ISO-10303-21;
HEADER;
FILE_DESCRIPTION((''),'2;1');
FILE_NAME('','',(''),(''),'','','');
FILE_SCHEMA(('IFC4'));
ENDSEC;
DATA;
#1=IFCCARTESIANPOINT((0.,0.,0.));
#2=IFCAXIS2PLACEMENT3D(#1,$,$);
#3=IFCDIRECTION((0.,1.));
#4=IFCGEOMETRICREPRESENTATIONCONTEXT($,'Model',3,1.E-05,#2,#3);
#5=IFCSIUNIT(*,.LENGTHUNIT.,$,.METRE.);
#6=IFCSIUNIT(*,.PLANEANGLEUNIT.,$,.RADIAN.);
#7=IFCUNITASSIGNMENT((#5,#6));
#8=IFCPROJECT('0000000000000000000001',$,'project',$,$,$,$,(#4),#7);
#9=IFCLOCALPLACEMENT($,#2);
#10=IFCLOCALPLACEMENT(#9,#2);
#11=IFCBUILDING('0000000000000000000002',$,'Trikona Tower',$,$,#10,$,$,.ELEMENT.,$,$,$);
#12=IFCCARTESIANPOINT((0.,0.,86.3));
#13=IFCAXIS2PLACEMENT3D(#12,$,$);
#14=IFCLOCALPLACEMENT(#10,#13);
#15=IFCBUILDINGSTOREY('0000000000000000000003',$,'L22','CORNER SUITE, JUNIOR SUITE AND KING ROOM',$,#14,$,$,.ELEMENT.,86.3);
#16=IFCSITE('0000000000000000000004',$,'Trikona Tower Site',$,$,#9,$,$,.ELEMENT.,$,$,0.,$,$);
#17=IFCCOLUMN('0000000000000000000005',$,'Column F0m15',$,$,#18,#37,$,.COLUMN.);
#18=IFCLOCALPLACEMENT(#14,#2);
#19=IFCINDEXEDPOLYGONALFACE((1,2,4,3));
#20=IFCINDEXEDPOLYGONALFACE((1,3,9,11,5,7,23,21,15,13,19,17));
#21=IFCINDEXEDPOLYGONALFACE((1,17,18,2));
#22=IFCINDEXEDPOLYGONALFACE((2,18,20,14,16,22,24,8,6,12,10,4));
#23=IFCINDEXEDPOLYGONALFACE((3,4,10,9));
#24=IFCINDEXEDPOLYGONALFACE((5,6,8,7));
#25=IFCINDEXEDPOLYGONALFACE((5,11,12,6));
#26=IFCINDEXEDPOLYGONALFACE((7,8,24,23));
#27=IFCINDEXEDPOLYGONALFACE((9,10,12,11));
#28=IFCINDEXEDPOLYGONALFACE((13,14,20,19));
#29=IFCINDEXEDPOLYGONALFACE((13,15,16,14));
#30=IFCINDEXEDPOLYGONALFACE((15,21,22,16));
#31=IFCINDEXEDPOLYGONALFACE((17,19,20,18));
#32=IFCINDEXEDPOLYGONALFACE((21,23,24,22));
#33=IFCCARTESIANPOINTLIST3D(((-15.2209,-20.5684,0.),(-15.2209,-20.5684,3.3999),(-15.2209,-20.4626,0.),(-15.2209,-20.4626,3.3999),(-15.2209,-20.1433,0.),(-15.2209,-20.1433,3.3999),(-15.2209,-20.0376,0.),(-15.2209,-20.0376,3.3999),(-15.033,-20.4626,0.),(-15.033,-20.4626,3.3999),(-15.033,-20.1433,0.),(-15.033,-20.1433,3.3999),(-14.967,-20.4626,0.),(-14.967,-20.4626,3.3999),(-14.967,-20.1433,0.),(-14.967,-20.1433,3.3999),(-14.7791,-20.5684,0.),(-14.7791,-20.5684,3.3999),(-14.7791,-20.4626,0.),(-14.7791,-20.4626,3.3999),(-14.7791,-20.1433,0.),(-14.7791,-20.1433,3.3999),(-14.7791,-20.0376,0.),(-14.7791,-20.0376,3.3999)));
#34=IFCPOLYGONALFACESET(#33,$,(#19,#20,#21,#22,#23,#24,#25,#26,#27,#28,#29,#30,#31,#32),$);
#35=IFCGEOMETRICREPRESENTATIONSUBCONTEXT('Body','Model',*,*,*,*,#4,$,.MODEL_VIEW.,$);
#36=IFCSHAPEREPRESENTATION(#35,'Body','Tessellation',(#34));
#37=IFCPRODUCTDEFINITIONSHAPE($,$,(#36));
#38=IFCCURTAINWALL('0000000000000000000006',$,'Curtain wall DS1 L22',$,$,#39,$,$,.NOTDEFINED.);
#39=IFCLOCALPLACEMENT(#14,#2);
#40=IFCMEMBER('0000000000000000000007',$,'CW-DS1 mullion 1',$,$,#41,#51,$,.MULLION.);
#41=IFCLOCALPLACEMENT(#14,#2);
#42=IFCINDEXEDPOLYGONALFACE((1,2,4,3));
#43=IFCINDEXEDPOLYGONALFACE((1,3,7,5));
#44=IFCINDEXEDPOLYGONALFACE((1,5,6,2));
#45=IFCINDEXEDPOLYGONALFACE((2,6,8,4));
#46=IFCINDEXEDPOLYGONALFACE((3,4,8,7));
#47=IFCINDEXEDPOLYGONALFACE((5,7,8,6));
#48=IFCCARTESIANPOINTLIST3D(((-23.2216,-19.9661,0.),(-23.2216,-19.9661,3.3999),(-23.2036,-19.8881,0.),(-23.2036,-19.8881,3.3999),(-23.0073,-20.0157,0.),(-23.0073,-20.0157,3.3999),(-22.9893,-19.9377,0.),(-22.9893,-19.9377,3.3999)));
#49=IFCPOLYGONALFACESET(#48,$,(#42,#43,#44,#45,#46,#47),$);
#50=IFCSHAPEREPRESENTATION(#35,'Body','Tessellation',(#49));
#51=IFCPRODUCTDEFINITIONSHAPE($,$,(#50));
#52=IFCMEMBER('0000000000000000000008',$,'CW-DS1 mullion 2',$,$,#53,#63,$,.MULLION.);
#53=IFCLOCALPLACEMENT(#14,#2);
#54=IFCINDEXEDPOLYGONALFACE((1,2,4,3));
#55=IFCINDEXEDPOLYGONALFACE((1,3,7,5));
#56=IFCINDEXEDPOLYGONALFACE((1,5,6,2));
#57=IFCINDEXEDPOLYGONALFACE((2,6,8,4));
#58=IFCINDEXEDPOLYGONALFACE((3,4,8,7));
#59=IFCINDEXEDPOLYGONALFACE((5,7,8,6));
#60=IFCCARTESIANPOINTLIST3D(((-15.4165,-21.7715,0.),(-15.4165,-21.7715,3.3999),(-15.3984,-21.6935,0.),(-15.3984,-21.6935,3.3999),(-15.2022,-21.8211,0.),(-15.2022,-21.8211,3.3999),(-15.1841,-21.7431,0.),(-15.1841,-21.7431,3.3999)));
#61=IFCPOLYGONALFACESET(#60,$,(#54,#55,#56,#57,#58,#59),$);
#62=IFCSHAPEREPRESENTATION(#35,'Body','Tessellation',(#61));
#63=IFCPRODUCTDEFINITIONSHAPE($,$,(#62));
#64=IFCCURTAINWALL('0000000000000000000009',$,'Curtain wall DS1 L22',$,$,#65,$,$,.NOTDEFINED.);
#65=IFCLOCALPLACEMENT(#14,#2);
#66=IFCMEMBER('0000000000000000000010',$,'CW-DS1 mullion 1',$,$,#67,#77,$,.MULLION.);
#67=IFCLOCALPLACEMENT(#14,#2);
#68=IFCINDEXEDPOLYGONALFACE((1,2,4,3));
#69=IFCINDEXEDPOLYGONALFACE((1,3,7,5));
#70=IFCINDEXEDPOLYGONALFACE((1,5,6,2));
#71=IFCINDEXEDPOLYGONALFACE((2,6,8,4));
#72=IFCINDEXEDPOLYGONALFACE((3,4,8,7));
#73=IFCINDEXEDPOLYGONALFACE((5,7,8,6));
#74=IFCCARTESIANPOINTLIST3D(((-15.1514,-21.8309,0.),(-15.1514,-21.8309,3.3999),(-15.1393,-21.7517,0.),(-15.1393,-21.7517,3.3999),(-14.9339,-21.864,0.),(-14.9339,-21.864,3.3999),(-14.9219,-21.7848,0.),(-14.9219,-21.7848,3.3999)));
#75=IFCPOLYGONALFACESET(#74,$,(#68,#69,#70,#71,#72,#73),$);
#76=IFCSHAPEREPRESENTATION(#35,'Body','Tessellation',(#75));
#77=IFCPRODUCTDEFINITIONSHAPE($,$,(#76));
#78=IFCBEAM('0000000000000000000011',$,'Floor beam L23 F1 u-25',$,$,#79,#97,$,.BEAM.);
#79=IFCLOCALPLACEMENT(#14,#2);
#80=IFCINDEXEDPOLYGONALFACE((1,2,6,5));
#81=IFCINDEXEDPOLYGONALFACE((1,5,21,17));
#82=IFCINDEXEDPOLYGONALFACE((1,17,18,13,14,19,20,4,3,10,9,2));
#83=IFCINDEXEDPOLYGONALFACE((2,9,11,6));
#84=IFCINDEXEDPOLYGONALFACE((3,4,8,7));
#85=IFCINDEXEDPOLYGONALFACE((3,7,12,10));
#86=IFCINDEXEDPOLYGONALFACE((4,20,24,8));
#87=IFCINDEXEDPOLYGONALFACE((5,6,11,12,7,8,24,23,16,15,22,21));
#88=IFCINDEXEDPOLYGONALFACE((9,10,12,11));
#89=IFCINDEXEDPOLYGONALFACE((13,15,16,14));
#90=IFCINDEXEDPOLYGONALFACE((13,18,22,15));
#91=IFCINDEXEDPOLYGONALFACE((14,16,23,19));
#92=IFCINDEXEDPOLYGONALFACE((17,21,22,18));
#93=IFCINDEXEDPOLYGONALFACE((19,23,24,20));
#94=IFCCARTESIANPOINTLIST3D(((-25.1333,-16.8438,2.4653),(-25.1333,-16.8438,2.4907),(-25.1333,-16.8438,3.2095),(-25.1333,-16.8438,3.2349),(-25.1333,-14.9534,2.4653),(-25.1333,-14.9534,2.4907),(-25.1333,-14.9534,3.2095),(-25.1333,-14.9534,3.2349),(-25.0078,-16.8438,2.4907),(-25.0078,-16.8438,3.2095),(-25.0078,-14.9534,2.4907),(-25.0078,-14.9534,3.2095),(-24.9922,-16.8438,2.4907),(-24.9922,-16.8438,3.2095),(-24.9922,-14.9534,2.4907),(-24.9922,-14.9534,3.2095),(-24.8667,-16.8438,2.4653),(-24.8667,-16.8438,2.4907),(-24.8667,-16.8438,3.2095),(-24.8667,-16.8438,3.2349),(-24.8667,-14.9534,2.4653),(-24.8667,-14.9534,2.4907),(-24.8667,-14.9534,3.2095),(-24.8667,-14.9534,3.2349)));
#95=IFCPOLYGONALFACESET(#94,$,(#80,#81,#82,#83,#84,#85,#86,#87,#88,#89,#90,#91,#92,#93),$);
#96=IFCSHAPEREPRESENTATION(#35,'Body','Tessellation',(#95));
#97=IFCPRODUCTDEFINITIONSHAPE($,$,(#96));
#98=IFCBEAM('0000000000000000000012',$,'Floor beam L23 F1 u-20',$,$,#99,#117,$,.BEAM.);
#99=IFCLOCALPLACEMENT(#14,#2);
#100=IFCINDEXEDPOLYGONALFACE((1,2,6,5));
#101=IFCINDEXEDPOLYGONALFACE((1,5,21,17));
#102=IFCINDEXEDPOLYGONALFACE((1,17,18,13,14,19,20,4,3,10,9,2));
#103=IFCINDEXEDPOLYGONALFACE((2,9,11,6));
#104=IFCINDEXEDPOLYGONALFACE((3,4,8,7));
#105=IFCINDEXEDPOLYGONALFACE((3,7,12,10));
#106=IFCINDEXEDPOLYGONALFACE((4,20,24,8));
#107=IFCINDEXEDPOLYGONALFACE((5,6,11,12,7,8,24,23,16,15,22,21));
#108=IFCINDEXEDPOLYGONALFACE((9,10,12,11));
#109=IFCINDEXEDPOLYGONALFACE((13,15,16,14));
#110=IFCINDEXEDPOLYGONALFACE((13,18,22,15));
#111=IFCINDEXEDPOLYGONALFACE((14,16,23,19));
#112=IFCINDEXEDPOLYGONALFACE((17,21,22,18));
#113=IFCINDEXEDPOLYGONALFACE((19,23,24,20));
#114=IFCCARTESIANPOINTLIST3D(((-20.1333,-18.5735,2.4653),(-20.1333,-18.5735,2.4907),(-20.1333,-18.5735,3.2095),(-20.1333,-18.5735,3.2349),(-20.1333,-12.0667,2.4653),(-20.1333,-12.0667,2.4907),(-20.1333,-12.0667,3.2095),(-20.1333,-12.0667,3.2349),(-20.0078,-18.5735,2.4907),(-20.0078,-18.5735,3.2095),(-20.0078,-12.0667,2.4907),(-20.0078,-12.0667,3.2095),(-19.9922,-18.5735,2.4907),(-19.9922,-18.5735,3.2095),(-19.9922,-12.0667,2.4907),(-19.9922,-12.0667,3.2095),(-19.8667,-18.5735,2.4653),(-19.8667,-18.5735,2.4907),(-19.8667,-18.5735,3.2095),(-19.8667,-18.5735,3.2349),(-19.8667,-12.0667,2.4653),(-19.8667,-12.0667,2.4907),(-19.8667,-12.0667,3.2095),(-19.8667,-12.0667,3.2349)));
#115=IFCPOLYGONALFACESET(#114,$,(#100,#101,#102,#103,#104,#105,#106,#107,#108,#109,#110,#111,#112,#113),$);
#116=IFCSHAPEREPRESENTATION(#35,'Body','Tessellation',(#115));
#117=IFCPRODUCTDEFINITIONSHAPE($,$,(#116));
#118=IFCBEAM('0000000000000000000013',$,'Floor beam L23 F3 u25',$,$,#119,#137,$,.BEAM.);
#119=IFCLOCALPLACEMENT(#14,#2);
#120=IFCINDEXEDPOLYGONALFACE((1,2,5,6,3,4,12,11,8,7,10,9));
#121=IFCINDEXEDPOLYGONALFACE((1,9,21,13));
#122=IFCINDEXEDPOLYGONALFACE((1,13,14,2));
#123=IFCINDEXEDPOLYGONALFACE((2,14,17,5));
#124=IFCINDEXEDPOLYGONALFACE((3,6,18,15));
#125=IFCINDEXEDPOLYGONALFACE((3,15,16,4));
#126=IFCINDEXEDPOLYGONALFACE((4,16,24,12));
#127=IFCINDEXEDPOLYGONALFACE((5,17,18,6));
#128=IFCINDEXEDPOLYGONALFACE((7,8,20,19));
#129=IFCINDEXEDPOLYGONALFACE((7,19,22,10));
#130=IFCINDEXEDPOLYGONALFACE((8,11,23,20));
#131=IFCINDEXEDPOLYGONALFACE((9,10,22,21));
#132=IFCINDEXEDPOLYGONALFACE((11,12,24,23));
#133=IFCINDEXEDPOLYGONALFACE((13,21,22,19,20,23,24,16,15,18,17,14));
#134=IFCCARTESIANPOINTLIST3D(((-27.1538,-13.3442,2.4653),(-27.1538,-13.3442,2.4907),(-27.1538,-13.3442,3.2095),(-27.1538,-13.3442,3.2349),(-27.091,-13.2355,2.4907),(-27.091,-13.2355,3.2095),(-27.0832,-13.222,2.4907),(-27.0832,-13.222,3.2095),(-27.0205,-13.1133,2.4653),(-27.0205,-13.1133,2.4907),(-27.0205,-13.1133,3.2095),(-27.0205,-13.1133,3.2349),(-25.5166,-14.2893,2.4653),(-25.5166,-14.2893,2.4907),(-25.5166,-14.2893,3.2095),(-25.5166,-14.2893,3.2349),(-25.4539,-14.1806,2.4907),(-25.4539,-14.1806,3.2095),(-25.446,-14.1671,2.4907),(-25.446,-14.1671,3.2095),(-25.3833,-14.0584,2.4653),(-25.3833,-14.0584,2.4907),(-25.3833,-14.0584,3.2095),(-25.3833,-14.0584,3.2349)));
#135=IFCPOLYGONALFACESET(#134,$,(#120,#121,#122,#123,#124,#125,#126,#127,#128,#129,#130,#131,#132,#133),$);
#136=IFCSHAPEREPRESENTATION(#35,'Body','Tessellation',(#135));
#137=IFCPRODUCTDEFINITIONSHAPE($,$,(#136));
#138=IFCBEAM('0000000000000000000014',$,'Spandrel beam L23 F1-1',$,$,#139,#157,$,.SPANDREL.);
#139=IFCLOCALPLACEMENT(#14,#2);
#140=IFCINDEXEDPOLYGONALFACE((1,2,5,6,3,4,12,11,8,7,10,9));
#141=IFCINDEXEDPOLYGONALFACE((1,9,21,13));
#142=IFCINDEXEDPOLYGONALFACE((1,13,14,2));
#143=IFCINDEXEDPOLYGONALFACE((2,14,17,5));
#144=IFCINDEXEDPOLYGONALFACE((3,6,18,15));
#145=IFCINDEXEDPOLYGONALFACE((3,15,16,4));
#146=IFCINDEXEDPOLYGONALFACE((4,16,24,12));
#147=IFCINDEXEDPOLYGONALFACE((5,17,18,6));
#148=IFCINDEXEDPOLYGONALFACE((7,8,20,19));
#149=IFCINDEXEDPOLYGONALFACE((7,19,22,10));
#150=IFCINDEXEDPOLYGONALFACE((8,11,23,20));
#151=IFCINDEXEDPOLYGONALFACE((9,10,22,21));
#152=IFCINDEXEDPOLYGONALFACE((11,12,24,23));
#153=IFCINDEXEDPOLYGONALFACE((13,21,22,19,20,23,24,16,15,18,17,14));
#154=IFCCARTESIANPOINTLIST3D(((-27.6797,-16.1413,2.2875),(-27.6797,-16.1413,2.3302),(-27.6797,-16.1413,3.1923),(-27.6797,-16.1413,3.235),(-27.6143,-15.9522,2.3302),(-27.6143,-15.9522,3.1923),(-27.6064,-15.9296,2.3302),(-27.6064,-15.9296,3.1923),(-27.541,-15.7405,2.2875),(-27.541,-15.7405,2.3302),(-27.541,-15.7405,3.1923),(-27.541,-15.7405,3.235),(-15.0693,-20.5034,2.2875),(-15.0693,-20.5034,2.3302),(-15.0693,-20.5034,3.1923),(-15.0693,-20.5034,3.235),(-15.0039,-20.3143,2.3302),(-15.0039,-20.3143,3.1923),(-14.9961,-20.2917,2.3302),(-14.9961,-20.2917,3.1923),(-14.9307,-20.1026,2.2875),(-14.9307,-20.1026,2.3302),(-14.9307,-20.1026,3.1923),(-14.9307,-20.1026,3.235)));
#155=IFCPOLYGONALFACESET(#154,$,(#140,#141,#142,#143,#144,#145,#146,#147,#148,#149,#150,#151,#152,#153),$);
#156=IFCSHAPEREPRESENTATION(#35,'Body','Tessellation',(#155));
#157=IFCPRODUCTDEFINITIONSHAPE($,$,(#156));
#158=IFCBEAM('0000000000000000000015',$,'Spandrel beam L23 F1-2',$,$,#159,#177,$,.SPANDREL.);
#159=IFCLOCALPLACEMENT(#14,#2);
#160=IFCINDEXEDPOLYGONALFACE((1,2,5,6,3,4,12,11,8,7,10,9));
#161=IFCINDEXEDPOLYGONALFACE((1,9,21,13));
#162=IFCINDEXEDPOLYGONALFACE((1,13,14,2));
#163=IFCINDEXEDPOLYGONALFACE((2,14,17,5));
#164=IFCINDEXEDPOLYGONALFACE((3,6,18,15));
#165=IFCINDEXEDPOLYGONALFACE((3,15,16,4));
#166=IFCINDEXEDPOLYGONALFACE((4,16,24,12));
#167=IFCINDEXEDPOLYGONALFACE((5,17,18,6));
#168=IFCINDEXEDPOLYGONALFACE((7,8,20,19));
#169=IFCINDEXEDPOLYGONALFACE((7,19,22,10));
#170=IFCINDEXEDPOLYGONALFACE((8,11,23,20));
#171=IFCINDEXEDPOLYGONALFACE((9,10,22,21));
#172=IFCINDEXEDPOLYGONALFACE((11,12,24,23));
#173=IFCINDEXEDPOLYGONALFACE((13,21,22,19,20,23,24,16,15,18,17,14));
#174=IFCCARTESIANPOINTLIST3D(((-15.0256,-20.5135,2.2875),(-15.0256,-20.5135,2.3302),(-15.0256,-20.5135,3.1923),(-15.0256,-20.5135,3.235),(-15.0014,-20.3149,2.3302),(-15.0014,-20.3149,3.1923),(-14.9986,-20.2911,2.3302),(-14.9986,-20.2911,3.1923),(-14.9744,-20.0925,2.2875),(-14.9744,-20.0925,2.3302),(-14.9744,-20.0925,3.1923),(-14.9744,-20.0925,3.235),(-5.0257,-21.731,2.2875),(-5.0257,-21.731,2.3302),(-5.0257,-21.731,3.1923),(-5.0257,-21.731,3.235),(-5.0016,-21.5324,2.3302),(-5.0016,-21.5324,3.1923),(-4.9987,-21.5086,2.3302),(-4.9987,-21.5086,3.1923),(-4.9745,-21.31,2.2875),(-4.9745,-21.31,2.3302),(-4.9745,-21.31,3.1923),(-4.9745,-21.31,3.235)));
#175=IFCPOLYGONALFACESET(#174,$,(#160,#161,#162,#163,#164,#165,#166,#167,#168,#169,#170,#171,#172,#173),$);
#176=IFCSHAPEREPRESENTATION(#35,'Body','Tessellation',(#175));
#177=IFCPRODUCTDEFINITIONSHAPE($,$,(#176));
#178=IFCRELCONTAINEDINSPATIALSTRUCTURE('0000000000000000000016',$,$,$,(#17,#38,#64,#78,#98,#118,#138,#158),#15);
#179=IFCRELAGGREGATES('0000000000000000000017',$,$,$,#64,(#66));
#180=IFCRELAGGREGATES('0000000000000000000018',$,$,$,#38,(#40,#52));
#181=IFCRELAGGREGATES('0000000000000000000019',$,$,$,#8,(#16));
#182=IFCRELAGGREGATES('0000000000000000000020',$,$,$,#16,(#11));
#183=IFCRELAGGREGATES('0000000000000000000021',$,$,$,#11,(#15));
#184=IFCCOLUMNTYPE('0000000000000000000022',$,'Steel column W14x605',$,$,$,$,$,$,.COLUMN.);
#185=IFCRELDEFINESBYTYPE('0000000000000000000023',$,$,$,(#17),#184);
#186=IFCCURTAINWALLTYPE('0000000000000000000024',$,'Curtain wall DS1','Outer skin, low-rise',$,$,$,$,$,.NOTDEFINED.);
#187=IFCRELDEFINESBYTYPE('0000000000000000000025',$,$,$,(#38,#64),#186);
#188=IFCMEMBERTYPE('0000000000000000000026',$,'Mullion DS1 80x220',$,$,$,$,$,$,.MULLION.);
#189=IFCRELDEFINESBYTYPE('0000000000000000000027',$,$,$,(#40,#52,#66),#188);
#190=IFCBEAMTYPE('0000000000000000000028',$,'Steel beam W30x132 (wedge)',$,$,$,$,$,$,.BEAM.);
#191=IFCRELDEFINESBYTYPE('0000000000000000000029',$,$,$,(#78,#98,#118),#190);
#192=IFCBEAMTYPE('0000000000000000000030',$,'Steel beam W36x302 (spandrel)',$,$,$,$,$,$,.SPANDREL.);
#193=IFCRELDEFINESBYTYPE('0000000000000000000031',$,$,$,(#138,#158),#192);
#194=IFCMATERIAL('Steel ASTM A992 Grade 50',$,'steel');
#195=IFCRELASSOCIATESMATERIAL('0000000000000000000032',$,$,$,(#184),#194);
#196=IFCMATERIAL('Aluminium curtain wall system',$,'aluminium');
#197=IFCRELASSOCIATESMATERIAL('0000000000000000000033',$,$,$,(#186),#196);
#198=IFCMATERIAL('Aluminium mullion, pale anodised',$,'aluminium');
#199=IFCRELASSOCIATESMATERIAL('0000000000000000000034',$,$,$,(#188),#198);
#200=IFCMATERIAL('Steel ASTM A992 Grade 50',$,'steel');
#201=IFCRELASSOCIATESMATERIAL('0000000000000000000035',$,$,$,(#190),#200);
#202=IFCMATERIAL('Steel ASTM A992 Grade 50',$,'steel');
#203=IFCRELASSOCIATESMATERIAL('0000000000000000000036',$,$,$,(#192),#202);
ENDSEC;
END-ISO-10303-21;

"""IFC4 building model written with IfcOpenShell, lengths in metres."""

from ifc_helpers import new_model, si_unit, direction, frame, origin, origin_2d, place, context, subcontext, project, spatial, rectangle, i_section, extrude, material, material_profile, profile_set, type_object, element, aggregate, save


model = new_model("IFC4")

# Units and contexts
model_context = context("Model", 3, precision=1e-05, world=origin(), true_north=direction((0.0, 1.0)))
body_context = subcontext(model_context, "Body", "Model", "MODEL_VIEW")
ifc_project = project(units=[si_unit("LENGTHUNIT", "METRE"), si_unit("PLANEANGLEUNIT", "RADIAN")], contexts=[model_context])

# Site, building, storey
site_placement = place(None, origin())
site = spatial("IfcSite", under=ifc_project, at=site_placement, Name="Trikona Tower Site", CompositionType="ELEMENT", RefElevation=0.0)
building_placement = place(site_placement, origin())
building = spatial("IfcBuilding", under=site, at=building_placement, Name="Trikona Tower", CompositionType="ELEMENT")
storey_placement = place(building_placement, frame((0.0, 0.0, 86.3)))
storey = spatial("IfcBuildingStorey", under=building, at=storey_placement, Name="L22", Description="CORNER SUITE, JUNIOR SUITE AND KING ROOM", CompositionType="ELEMENT", Elevation=86.3)

# Column
ifc_material_1 = material(Name="Steel ASTM A992 Grade 50", Category="steel")
ifc_material_profile_1 = material_profile(ifc_material_1, i_section(OverallWidth=0.4419, OverallDepth=0.5308, WebThickness=0.0659, FlangeThickness=0.1057, at=origin_2d()), Name="W14X605")
ifc_profile_set_1 = profile_set([ifc_material_profile_1], Name="Steel ASTM A992 Grade 50")
column_type = type_object("IfcColumnType", Name="Steel column W14x605", PredefinedType="COLUMN", material=ifc_profile_set_1)
column_placement = place(storey_placement, frame((-15.0, -20.303, 0.0), z_axis=(0.0, 0.0, 1.0), x_axis=(1.0, 0.0, 0.0)))
element("IfcColumn", 1, at=column_placement, inside=storey, type_object=column_type, Name="Column F0m15", PredefinedType="COLUMN", context=body_context, shape_type="SweptSolid", body=[
    extrude(i_section(OverallWidth=0.4419, OverallDepth=0.5308, WebThickness=0.0659, FlangeThickness=0.1057, at=origin_2d()), origin(), (0.0, 0.0, 1.0), 3.3999),
])

# Curtain wall, members
ifc_material_2 = material(Name="Aluminium curtain wall system", Category="aluminium")
curtain_wall_type = type_object("IfcCurtainWallType", Name="Curtain wall DS1", Description="Outer skin, low-rise", PredefinedType="NOTDEFINED", material=ifc_material_2)
curtain_wall_1_placement = place(storey_placement, origin())
curtain_wall_1 = element("IfcCurtainWall", 2, at=curtain_wall_1_placement, inside=storey, type_object=curtain_wall_type, Name="Curtain wall DS1 L22", PredefinedType="NOTDEFINED")
ifc_material_3 = material(Name="Aluminium mullion, pale anodised", Category="aluminium")
ifc_material_profile_2 = material_profile(ifc_material_3, rectangle(XDim=0.0801, YDim=0.22, at=origin_2d()), Name="MUL-DS1")
ifc_profile_set_2 = profile_set([ifc_material_profile_2], Name="Aluminium mullion, pale anodised")
member_type_1 = type_object("IfcMemberType", Name="Mullion DS1 80x220", PredefinedType="MULLION", material=ifc_profile_set_2)
member_1_placement = place(storey_placement, frame((-23.1055, -19.9519, 0.0), z_axis=(0.0, 0.0, 1.0), x_axis=(0.225343, 0.974279, 0.0)))
member_1 = element("IfcMember", 3, at=member_1_placement, type_object=member_type_1, Name="CW-DS1 mullion 1", PredefinedType="MULLION", context=body_context, shape_type="SweptSolid", body=[
    extrude(rectangle(XDim=0.0801, YDim=0.22, at=origin_2d()), origin(), (0.0, 0.0, 1.0), 3.3999),
])
member_2_placement = place(storey_placement, frame((-15.3003, -21.7573, 0.0), z_axis=(0.0, 0.0, 1.0), x_axis=(0.225343, 0.974279, 0.0)))
member_2 = element("IfcMember", 4, at=member_2_placement, type_object=member_type_1, Name="CW-DS1 mullion 2", PredefinedType="MULLION", context=body_context, shape_type="SweptSolid", body=[
    extrude(rectangle(XDim=0.0801, YDim=0.22, at=origin_2d()), origin(), (0.0, 0.0, 1.0), 3.3999),
])

# Curtain wall, member
curtain_wall_2_placement = place(storey_placement, origin())
curtain_wall_2 = element("IfcCurtainWall", 5, at=curtain_wall_2_placement, inside=storey, type_object=curtain_wall_type, Name="Curtain wall DS1 L22", PredefinedType="NOTDEFINED")
member_3_placement = place(storey_placement, frame((-15.0366, -21.8079, 0.0), z_axis=(0.0, 0.0, 1.0), x_axis=(0.150438, 0.988619, 0.0)))
member_3 = element("IfcMember", 6, at=member_3_placement, type_object=member_type_1, Name="CW-DS1 mullion 1", PredefinedType="MULLION", context=body_context, shape_type="SweptSolid", body=[
    extrude(rectangle(XDim=0.0801, YDim=0.22, at=origin_2d()), origin(), (0.0, 0.0, 1.0), 3.3999),
])
aggregate(curtain_wall_2, [member_3])

# Beams
ifc_material_4 = material(Name="Steel ASTM A992 Grade 50", Category="steel")
ifc_material_profile_3 = material_profile(ifc_material_4, i_section(OverallWidth=0.2666, OverallDepth=0.7695, WebThickness=0.0156, FlangeThickness=0.0254, at=origin_2d()), Name="W30X132")
ifc_profile_set_3 = profile_set([ifc_material_profile_3], Name="Steel ASTM A992 Grade 50")
beam_type_1 = type_object("IfcBeamType", Name="Steel beam W30x132 (wedge)", PredefinedType="BEAM", material=ifc_profile_set_3)
beam_1_placement = place(storey_placement, frame((-25.0, -14.9534, 2.8501), z_axis=(0.0, -1.0, 0.0), x_axis=(1.0, 0.0, 0.0)))
element("IfcBeam", 7, at=beam_1_placement, inside=storey, type_object=beam_type_1, Name="Floor beam L23 F1 u-25", PredefinedType="BEAM", context=body_context, shape_type="SweptSolid", body=[
    extrude(i_section(OverallWidth=0.2666, OverallDepth=0.7695, WebThickness=0.0156, FlangeThickness=0.0254, at=origin_2d()), origin(), (0.0, 0.0, 1.0), 1.8904),
])
beam_2_placement = place(storey_placement, frame((-20.0, -12.0667, 2.8501), z_axis=(0.0, -1.0, 0.0), x_axis=(1.0, 0.0, 0.0)))
element("IfcBeam", 8, at=beam_2_placement, inside=storey, type_object=beam_type_1, Name="Floor beam L23 F1 u-20", PredefinedType="BEAM", context=body_context, shape_type="SweptSolid", body=[
    extrude(i_section(OverallWidth=0.2666, OverallDepth=0.7695, WebThickness=0.0156, FlangeThickness=0.0254, at=origin_2d()), origin(), (0.0, 0.0, 1.0), 6.5068),
])
beam_3_placement = place(storey_placement, frame((-25.45, -14.1738, 2.8501), z_axis=(-0.866065, 0.499931, 0.0), x_axis=(-0.499931, -0.866065, 0.0)))
element("IfcBeam", 9, at=beam_3_placement, inside=storey, type_object=beam_type_1, Name="Floor beam L23 F3 u25", PredefinedType="BEAM", context=body_context, shape_type="SweptSolid", body=[
    extrude(i_section(OverallWidth=0.2666, OverallDepth=0.7695, WebThickness=0.0156, FlangeThickness=0.0254, at=origin_2d()), origin(), (0.0, 0.0, 1.0), 1.8904),
])
ifc_material_5 = material(Name="Steel ASTM A992 Grade 50", Category="steel")
ifc_material_profile_4 = material_profile(ifc_material_5, i_section(OverallWidth=0.4241, OverallDepth=0.9475, WebThickness=0.0239, FlangeThickness=0.0427, at=origin_2d()), Name="W36X302")
ifc_profile_set_4 = profile_set([ifc_material_profile_4], Name="Steel ASTM A992 Grade 50")
beam_type_2 = type_object("IfcBeamType", Name="Steel beam W36x302 (spandrel)", PredefinedType="SPANDREL", material=ifc_profile_set_4)
beam_4_placement = place(storey_placement, frame((-27.6104, -15.9409, 2.7612), z_axis=(0.945057, -0.326906, 0.0), x_axis=(0.326906, 0.945057, 0.0)))
element("IfcBeam", 10, at=beam_4_placement, inside=storey, type_object=beam_type_2, Name="Spandrel beam L23 F1-1", PredefinedType="SPANDREL", context=body_context, shape_type="SweptSolid", body=[
    extrude(i_section(OverallWidth=0.4241, OverallDepth=0.9475, WebThickness=0.0239, FlangeThickness=0.0427, at=origin_2d()), origin(), (0.0, 0.0, 1.0), 13.3435),
])
beam_5_placement = place(storey_placement, frame((-15.0, -20.303, 2.7612), z_axis=(0.99267, -0.12086, 0.0), x_axis=(0.12086, 0.99267, 0.0)))
element("IfcBeam", 11, at=beam_5_placement, inside=storey, type_object=beam_type_2, Name="Spandrel beam L23 F1-2", PredefinedType="SPANDREL", context=body_context, shape_type="SweptSolid", body=[
    extrude(i_section(OverallWidth=0.4241, OverallDepth=0.9475, WebThickness=0.0239, FlangeThickness=0.0427, at=origin_2d()), origin(), (0.0, 0.0, 1.0), 10.0737),
])

aggregate(curtain_wall_1, [member_1, member_2])

save(model, "model.ifc")
